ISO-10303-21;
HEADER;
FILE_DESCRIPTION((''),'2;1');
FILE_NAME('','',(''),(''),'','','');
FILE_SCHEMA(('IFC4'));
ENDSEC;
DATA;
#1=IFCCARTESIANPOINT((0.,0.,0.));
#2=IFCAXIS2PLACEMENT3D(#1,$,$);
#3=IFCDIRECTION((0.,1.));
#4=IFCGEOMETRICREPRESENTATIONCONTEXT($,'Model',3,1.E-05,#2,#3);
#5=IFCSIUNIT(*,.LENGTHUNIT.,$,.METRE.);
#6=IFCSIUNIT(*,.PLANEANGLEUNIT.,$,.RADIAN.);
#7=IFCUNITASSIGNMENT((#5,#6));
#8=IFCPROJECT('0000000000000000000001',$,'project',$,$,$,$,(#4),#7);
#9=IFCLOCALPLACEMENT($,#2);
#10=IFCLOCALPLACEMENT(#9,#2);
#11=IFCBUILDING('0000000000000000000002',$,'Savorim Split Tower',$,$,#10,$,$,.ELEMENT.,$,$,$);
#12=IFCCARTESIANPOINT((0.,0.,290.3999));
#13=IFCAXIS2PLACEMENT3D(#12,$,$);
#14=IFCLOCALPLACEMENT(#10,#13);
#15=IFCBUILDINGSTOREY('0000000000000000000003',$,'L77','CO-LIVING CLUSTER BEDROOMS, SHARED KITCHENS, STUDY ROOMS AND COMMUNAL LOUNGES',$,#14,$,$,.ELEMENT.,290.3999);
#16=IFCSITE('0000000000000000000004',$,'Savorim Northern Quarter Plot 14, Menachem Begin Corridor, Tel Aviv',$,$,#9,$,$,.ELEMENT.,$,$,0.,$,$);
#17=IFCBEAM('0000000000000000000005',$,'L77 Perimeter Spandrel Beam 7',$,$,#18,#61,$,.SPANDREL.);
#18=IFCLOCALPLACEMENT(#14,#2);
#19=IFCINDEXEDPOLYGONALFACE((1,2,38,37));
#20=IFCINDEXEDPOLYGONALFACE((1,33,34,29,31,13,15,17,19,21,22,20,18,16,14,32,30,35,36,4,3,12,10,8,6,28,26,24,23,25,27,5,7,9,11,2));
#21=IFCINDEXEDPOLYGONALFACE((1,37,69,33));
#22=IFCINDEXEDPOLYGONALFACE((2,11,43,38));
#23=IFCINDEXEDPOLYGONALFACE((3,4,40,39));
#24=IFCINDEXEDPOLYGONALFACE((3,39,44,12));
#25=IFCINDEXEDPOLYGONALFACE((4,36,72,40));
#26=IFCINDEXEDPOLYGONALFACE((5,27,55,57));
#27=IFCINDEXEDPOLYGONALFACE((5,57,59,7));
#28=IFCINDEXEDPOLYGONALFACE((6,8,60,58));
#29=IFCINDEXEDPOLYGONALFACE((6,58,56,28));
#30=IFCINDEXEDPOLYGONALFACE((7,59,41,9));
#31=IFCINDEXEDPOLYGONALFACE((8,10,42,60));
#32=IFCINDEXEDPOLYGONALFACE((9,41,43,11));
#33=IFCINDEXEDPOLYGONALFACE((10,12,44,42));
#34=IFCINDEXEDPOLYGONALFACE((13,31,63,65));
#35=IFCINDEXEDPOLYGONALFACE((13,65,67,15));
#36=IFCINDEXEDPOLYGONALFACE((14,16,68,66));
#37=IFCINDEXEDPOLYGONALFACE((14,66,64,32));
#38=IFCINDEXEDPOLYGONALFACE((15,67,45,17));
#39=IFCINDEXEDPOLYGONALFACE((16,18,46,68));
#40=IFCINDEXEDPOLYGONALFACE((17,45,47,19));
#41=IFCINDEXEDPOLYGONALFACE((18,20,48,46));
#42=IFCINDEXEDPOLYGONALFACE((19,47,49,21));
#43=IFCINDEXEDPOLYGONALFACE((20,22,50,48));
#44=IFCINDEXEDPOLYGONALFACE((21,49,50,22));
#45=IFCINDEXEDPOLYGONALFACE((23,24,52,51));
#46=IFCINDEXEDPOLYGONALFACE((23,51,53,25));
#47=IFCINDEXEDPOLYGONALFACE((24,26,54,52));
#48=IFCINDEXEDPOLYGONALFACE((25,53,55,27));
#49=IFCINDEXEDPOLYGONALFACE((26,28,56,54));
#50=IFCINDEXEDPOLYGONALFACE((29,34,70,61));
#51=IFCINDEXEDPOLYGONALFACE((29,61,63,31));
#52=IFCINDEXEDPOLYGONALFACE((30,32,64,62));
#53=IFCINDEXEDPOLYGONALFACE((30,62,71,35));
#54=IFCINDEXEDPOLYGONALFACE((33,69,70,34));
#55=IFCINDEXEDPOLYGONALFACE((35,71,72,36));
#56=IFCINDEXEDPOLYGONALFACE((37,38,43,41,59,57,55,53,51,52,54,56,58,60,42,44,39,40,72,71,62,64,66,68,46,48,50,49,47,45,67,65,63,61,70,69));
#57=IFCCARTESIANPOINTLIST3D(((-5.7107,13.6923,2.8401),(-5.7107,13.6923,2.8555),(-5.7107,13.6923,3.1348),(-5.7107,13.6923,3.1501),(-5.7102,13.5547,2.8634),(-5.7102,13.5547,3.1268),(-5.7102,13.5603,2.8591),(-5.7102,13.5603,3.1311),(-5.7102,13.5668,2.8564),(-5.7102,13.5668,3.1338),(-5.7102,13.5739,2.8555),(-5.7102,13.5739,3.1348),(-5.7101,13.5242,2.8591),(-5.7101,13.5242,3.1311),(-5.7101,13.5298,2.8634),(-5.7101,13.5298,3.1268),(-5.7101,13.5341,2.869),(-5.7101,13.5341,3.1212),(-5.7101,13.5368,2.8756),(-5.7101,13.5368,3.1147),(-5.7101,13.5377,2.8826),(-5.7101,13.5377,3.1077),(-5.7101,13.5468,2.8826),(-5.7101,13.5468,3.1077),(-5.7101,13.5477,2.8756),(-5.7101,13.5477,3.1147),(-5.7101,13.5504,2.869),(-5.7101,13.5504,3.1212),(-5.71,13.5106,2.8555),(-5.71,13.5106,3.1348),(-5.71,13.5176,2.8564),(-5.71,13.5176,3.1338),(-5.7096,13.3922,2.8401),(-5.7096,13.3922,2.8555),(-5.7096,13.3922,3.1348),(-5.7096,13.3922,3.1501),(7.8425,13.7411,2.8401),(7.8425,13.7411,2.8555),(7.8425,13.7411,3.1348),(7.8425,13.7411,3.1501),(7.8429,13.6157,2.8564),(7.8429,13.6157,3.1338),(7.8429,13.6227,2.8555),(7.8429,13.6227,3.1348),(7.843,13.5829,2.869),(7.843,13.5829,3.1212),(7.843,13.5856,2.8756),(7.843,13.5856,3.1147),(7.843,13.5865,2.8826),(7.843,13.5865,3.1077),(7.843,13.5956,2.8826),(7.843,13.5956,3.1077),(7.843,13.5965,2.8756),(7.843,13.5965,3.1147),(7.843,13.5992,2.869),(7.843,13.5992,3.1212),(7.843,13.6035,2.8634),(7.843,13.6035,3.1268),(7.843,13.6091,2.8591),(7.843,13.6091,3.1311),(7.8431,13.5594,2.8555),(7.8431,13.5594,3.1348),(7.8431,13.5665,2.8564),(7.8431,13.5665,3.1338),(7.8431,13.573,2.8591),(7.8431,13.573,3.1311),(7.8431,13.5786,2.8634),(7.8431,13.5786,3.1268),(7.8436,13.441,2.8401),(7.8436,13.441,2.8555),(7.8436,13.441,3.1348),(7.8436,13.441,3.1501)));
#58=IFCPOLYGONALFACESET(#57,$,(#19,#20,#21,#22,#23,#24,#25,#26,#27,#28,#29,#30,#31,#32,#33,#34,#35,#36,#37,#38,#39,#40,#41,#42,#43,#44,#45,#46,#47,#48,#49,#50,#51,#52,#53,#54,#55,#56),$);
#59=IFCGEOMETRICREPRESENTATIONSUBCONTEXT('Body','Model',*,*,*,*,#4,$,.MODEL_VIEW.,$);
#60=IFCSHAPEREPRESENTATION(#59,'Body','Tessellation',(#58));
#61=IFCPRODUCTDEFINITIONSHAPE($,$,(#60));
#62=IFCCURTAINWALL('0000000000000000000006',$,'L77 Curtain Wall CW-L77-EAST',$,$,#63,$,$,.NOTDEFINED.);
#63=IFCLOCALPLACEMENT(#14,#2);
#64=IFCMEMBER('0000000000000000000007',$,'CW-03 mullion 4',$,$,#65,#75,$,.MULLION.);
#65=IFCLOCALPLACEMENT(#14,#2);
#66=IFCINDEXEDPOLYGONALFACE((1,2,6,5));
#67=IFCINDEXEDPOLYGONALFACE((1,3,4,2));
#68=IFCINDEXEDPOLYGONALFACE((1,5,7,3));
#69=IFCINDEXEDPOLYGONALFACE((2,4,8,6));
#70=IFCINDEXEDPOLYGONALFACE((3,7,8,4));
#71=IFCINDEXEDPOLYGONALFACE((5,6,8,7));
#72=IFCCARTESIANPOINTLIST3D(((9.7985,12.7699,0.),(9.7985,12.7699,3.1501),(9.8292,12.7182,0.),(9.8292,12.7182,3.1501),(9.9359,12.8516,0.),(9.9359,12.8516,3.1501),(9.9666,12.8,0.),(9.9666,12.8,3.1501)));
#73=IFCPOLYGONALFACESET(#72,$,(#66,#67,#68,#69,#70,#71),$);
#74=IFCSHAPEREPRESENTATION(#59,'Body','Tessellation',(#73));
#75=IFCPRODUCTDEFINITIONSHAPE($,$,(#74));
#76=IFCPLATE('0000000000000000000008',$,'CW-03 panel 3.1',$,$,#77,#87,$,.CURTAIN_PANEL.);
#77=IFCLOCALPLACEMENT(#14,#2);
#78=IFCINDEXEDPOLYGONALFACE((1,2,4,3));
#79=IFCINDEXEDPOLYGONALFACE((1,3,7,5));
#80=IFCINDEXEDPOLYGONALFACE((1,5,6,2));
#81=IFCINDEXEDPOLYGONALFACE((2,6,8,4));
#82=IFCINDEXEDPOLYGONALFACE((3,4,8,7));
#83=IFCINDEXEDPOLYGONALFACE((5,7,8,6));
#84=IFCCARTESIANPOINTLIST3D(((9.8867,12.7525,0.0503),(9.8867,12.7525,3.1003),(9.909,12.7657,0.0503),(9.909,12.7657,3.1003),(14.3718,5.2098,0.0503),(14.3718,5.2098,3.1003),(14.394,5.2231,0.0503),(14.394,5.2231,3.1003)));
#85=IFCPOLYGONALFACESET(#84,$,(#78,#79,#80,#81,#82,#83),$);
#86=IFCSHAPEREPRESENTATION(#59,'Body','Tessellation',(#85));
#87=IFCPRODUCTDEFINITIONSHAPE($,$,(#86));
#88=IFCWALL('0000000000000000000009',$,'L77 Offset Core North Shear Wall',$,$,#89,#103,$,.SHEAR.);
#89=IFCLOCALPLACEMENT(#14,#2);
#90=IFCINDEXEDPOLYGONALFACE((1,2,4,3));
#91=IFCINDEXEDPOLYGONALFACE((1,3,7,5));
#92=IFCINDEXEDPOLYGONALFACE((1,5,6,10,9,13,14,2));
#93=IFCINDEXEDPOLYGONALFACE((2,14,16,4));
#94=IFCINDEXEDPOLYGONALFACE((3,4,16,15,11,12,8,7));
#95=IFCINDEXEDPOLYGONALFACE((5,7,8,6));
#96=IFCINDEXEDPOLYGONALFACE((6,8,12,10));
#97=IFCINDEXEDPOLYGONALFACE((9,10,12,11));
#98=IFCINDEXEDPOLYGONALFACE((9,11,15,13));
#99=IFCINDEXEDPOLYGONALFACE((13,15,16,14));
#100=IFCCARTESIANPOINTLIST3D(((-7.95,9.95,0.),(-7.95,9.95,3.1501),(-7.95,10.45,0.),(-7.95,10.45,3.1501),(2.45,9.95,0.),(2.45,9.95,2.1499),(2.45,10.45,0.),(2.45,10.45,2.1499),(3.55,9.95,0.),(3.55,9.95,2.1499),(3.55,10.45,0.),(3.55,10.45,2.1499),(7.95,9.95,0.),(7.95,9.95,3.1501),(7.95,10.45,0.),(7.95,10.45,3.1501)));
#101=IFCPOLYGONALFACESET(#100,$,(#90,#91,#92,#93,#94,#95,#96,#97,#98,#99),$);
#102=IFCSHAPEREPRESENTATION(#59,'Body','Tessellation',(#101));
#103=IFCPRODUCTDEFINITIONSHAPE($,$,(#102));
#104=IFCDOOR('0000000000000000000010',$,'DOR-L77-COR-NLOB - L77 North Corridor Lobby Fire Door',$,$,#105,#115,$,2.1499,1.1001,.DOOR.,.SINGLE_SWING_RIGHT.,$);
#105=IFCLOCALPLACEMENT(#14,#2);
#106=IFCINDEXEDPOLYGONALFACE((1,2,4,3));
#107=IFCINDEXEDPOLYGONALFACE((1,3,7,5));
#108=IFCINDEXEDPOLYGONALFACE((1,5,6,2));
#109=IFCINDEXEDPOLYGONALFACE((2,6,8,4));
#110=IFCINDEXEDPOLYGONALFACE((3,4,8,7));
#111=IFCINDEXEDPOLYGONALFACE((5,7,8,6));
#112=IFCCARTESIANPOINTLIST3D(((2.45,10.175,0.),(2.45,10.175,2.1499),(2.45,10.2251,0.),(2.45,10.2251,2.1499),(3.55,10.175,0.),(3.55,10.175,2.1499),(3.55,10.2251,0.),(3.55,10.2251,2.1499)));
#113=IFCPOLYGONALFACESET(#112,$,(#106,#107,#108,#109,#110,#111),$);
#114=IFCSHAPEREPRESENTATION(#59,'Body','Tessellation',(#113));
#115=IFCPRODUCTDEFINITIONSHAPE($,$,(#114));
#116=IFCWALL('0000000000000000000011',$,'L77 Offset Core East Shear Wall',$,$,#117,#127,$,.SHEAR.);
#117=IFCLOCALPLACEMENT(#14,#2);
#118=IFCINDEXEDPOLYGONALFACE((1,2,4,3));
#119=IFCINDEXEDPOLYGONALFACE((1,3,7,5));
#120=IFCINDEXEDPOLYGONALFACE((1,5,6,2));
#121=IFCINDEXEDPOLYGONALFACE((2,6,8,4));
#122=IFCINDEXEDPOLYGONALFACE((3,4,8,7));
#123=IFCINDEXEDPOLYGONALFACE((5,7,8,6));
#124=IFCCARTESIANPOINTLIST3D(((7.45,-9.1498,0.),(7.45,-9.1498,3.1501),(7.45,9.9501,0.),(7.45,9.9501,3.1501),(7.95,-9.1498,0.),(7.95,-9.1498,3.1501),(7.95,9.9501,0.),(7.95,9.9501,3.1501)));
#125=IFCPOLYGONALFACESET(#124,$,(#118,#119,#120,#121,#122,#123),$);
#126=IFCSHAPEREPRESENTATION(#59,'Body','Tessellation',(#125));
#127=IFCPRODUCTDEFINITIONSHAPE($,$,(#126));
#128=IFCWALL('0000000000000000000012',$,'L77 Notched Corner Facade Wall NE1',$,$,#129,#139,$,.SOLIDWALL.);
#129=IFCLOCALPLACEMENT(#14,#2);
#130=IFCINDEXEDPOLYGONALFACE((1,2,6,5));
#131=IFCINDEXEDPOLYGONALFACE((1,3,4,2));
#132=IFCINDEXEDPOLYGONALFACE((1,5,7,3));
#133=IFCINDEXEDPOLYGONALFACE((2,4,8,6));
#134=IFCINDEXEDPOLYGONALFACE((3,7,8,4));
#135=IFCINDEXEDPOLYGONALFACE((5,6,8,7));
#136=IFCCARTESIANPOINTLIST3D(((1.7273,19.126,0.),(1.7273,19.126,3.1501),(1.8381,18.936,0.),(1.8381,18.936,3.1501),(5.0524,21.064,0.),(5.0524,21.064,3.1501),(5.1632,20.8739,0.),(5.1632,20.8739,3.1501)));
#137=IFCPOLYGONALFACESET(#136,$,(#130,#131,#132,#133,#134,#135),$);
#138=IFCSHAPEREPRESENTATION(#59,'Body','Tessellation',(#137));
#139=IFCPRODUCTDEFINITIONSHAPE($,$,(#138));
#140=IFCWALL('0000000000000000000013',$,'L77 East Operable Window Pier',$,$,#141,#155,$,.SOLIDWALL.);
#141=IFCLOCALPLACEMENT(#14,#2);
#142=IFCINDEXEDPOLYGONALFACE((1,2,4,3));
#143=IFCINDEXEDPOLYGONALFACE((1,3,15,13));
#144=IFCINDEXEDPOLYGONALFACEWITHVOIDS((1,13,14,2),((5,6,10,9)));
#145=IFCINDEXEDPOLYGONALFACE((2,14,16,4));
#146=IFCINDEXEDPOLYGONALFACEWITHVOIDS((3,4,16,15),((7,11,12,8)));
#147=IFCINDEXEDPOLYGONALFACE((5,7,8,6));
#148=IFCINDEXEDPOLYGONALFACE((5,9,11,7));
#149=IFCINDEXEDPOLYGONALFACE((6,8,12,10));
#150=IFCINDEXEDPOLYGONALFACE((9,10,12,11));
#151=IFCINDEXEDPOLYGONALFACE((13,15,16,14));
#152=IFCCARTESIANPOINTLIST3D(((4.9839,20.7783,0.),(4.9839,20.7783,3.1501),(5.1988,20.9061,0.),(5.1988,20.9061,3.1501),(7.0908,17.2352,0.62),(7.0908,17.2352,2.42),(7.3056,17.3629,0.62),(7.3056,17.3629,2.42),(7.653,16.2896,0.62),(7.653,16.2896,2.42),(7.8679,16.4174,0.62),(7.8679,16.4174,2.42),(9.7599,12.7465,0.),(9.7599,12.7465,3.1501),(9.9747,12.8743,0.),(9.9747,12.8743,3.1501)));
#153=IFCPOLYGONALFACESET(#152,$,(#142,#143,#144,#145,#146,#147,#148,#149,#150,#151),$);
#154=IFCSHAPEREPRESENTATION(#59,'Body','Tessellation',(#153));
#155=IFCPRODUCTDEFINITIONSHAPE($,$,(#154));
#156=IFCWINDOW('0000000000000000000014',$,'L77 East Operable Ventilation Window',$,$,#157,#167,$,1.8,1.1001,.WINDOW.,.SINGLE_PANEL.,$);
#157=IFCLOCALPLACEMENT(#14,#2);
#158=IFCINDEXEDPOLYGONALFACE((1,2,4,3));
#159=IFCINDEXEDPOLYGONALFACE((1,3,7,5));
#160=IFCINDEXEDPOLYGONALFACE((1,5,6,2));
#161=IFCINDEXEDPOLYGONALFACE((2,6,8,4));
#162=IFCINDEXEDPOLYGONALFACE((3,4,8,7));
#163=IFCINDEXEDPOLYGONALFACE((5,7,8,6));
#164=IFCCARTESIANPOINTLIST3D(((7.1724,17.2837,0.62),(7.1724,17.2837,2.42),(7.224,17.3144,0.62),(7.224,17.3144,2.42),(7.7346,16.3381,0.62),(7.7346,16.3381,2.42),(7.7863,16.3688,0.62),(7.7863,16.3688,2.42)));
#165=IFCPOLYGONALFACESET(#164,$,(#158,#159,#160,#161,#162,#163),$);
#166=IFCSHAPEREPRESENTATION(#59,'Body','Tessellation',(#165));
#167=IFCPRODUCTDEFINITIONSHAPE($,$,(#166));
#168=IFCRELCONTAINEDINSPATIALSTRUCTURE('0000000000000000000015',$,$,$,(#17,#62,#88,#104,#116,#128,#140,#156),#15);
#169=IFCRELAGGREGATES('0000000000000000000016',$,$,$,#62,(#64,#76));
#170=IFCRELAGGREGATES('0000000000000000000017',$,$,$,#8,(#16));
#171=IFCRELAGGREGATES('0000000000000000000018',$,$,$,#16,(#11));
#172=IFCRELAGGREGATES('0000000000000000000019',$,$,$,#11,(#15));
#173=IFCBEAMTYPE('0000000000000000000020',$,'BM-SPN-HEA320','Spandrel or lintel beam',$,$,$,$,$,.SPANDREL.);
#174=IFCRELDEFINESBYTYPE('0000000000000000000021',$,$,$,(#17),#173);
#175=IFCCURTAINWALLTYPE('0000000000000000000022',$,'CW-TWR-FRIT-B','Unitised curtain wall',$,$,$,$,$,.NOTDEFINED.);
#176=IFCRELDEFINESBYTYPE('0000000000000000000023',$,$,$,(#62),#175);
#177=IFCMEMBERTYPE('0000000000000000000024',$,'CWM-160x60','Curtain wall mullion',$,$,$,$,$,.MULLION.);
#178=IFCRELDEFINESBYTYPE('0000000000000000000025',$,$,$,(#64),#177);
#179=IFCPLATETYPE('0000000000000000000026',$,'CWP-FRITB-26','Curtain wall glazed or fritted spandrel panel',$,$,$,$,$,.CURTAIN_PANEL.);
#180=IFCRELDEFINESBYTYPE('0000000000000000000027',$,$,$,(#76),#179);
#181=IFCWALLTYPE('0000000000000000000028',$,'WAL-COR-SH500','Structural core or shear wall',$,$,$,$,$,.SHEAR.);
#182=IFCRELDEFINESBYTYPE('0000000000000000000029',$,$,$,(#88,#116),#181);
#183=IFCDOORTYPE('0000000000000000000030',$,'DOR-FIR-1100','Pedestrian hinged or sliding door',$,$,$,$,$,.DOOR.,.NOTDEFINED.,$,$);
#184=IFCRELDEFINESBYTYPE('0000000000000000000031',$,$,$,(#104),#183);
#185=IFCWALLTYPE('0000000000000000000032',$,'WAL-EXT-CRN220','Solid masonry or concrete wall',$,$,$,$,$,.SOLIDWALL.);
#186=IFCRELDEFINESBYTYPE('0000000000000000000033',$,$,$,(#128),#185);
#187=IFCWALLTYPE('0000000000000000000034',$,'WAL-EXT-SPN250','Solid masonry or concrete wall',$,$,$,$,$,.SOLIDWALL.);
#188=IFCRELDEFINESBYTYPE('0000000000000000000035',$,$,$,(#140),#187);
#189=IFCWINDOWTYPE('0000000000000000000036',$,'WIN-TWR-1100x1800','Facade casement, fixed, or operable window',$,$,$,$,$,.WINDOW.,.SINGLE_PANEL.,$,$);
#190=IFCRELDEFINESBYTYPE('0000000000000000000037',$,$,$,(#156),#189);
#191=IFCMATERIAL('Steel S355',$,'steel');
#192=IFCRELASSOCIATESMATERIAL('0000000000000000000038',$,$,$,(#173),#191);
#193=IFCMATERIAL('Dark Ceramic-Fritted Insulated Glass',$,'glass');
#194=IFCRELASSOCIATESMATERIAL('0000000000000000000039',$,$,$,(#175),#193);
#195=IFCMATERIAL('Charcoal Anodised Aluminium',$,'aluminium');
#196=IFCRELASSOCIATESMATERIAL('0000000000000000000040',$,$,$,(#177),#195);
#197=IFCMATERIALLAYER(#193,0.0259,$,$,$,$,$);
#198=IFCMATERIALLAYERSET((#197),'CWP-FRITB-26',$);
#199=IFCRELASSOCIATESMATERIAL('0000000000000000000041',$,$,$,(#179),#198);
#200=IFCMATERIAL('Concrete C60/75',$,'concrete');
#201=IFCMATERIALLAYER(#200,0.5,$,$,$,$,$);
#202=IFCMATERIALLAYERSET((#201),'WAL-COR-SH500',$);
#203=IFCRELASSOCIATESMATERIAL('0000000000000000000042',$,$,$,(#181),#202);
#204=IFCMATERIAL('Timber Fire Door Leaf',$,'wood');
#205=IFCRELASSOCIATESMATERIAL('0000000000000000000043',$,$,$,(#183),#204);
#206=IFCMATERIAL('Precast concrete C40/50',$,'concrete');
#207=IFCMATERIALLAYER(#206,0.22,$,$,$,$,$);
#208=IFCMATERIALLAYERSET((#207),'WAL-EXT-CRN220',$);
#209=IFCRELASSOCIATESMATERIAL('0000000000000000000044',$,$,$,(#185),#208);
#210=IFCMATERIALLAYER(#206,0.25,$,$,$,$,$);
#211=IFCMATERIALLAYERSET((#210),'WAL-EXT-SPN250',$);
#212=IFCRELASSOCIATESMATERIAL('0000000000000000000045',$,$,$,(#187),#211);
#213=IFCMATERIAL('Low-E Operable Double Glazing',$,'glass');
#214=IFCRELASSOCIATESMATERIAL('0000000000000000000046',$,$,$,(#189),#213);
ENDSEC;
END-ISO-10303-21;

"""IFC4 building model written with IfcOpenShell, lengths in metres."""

from ifc_helpers import new_model, si_unit, direction, frame, frame_2d, origin, origin_2d, place, context, subcontext, project, spatial, rectangle, i_section, extrude, material, layer, layer_set, material_profile, profile_set, type_object, element, fill, aggregate, save


model = new_model("IFC4")

# Units and contexts
model_context = context("Model", 3, precision=1e-05, world=origin(), true_north=direction((0.0, 1.0)))
body_context = subcontext(model_context, "Body", "Model", "MODEL_VIEW")
ifc_project = project(units=[si_unit("LENGTHUNIT", "METRE"), si_unit("PLANEANGLEUNIT", "RADIAN")], contexts=[model_context])

# Site, building, storey
site_placement = place(None, origin())
site = spatial("IfcSite", under=ifc_project, at=site_placement, Name="Savorim Northern Quarter Plot 14, Menachem Begin Corridor, Tel Aviv", CompositionType="ELEMENT", RefElevation=0.0)
building_placement = place(site_placement, origin())
building = spatial("IfcBuilding", under=site, at=building_placement, Name="Savorim Split Tower", CompositionType="ELEMENT")
storey_placement = place(building_placement, frame((0.0, 0.0, 290.3999)))
storey = spatial("IfcBuildingStorey", under=building, at=storey_placement, Name="L77", Description="CO-LIVING CLUSTER BEDROOMS, SHARED KITCHENS, STUDY ROOMS AND COMMUNAL LOUNGES", CompositionType="ELEMENT", Elevation=290.3999)

# Shared definitions
ifc_material_1 = material(Name="Steel S355", Category="steel")

# Beam
ifc_material_profile_1 = material_profile(ifc_material_1, i_section(OverallWidth=0.3, OverallDepth=0.3101, WebThickness=0.009, FlangeThickness=0.0154, FilletRadius=0.0271, at=origin_2d()), Name="HEA 320")
ifc_profile_set_1 = profile_set([ifc_material_profile_1], Name="Steel S355")
beam_type_1 = type_object("IfcBeamType", Name="BM-SPN-HEA320", Description="Spandrel or lintel beam", PredefinedType="SPANDREL", material=ifc_profile_set_1)
beam_1_placement = place(storey_placement, frame((7.843, 13.5911, 2.9951), z_axis=(-0.999994, -0.003603, 0.0), x_axis=(0.003603, -0.999994, 0.0)))
element("IfcBeam", 1, at=beam_1_placement, inside=storey, type_object=beam_type_1, Name="L77 Perimeter Spandrel Beam 7", PredefinedType="SPANDREL", context=body_context, shape_type="SweptSolid", body=[
    extrude(i_section(OverallWidth=0.3, OverallDepth=0.3101, WebThickness=0.009, FlangeThickness=0.0154, FilletRadius=0.0271, at=origin_2d()), origin(), (0.0, 0.0, 1.0), 13.5532),
])

# Curtain wall, member, plate
ifc_material_2 = material(Name="Dark Ceramic-Fritted Insulated Glass", Category="glass")
curtain_wall_type = type_object("IfcCurtainWallType", Name="CW-TWR-FRIT-B", Description="Unitised curtain wall", PredefinedType="NOTDEFINED", material=ifc_material_2)
curtain_wall_placement = place(storey_placement, origin())
curtain_wall = element("IfcCurtainWall", 2, at=curtain_wall_placement, inside=storey, type_object=curtain_wall_type, Name="L77 Curtain Wall CW-L77-EAST", PredefinedType="NOTDEFINED")
ifc_material_3 = material(Name="Charcoal Anodised Aluminium", Category="aluminium")
ifc_material_profile_2 = material_profile(ifc_material_3, rectangle(XDim=0.1599, YDim=0.0601, at=origin_2d()), Name="ALU-M 160x60")
ifc_profile_set_2 = profile_set([ifc_material_profile_2], Name="Charcoal Anodised Aluminium")
member_type = type_object("IfcMemberType", Name="CWM-160x60", Description="Curtain wall mullion", PredefinedType="MULLION", material=ifc_profile_set_2)
member_placement = place(storey_placement, frame((9.8826, 12.7849, 0.0), z_axis=(0.0, 0.0, 1.0), x_axis=(-0.859526, -0.511092, 0.0)))
member = element("IfcMember", 3, at=member_placement, type_object=member_type, Name="CW-03 mullion 4", PredefinedType="MULLION", context=body_context, shape_type="SweptSolid", body=[
    extrude(rectangle(XDim=0.1599, YDim=0.0601, at=origin_2d()), origin(), (0.0, 0.0, 1.0), 3.1501),
])
ifc_layer_1 = layer(ifc_material_2, 0.0259)
ifc_layer_set_1 = layer_set([ifc_layer_1], Name="CWP-FRITB-26")
plate_type = type_object("IfcPlateType", Name="CWP-FRITB-26", Description="Curtain wall glazed or fritted spandrel panel", PredefinedType="CURTAIN_PANEL", material=ifc_layer_set_1)
plate_placement = place(storey_placement, frame((12.1404, 8.9878, 0.0503), z_axis=(0.0, 0.0, 1.0), x_axis=(-0.511092, 0.859526, 0.0)))
plate = element("IfcPlate", 4, at=plate_placement, type_object=plate_type, Name="CW-03 panel 3.1", PredefinedType="CURTAIN_PANEL", context=body_context, shape_type="SweptSolid", body=[
    extrude(rectangle(XDim=8.7754, YDim=0.0259, at=origin_2d()), origin(), (0.0, 0.0, 1.0), 3.05),
])
aggregate(curtain_wall, [member, plate])

# Wall, opening, door
ifc_material_4 = material(Name="Concrete C60/75", Category="concrete")
ifc_layer_2 = layer(ifc_material_4, 0.5)
ifc_layer_set_2 = layer_set([ifc_layer_2], Name="WAL-COR-SH500")
wall_type_1 = type_object("IfcWallType", Name="WAL-COR-SH500", Description="Structural core or shear wall", PredefinedType="SHEAR", material=ifc_layer_set_2)
wall_1_placement = place(storey_placement, frame((7.95, 10.2, 0.0), z_axis=(0.0, 0.0, 1.0), x_axis=(-1.0, 0.0, 0.0)))
wall_1 = element("IfcWall", 5, at=wall_1_placement, inside=storey, type_object=wall_type_1, Name="L77 Offset Core North Shear Wall", PredefinedType="SHEAR", context=body_context, shape_type="SweptSolid", body=[
    extrude(rectangle(XDim=15.8999, YDim=0.5, at=frame_2d((7.95, 0.0))), origin(), (0.0, 0.0, 1.0), 3.1501),
])
opening_1_placement = place(wall_1_placement, frame((4.3999, 0.0, 0.0)))
opening_1 = element("IfcOpeningElement", 6, at=opening_1_placement, cuts=wall_1, PredefinedType="OPENING", context=body_context, shape_type="SweptSolid", body=[
    extrude(rectangle(XDim=1.1001, YDim=2.1499, at=frame_2d((0.55, 1.075))), frame((0.0, 0.26, 0.0), z_axis=(0.0, -1.0, 0.0), x_axis=(1.0, 0.0, 0.0)), (0.0, 0.0, 1.0), 0.52),
])
ifc_material_5 = material(Name="Timber Fire Door Leaf", Category="wood")
door_type_1 = type_object("IfcDoorType", Name="DOR-FIR-1100", Description="Pedestrian hinged or sliding door", OperationType="NOTDEFINED", PredefinedType="DOOR", material=ifc_material_5)
door_1_placement = place(opening_1_placement, origin())
door_1 = element("IfcDoor", 7, at=door_1_placement, inside=storey, type_object=door_type_1, Name="DOR-L77-COR-NLOB - L77 North Corridor Lobby Fire Door", OperationType="SINGLE_SWING_RIGHT", OverallHeight=2.1499, OverallWidth=1.1001, PredefinedType="DOOR", context=body_context, shape_type="SweptSolid", body=[
    extrude(rectangle(XDim=1.1001, YDim=2.1499, at=frame_2d((0.55, 1.075))), frame((0.0, 0.0249, 0.0), z_axis=(0.0, -1.0, 0.0), x_axis=(1.0, 0.0, 0.0)), (0.0, 0.0, 1.0), 0.05),
])
fill(opening_1, door_1)

# Walls
wall_2_placement = place(storey_placement, frame((7.7, 9.95, 0.0), z_axis=(0.0, 0.0, 1.0), x_axis=(0.0, -1.0, 0.0)))
element("IfcWall", 8, at=wall_2_placement, inside=storey, type_object=wall_type_1, Name="L77 Offset Core East Shear Wall", PredefinedType="SHEAR", context=body_context, shape_type="SweptSolid", body=[
    extrude(rectangle(XDim=19.0999, YDim=0.5, at=frame_2d((9.5498, 0.0))), origin(), (0.0, 0.0, 1.0), 3.1501),
])
ifc_material_6 = material(Name="Precast concrete C40/50", Category="concrete")
ifc_layer_3 = layer(ifc_material_6, 0.22)
ifc_layer_set_3 = layer_set([ifc_layer_3], Name="WAL-EXT-CRN220")
wall_type_2 = type_object("IfcWallType", Name="WAL-EXT-CRN220", Description="Solid masonry or concrete wall", PredefinedType="SOLIDWALL", material=ifc_layer_set_3)
wall_3_placement = place(storey_placement, frame((1.7827, 19.031, 0.0), z_axis=(0.0, 0.0, 1.0), x_axis=(0.863972, 0.50354, 0.0)))
element("IfcWall", 9, at=wall_3_placement, inside=storey, type_object=wall_type_2, Name="L77 Notched Corner Facade Wall NE1", PredefinedType="SOLIDWALL", context=body_context, shape_type="SweptSolid", body=[
    extrude(rectangle(XDim=3.8486, YDim=0.22, at=frame_2d((1.9243, 0.0))), origin(), (0.0, 0.0, 1.0), 3.1501),
])

# Wall, opening, window
ifc_layer_4 = layer(ifc_material_6, 0.25)
ifc_layer_set_4 = layer_set([ifc_layer_4], Name="WAL-EXT-SPN250")
wall_type_3 = type_object("IfcWallType", Name="WAL-EXT-SPN250", Description="Solid masonry or concrete wall", PredefinedType="SOLIDWALL", material=ifc_layer_set_4)
wall_4_placement = place(storey_placement, frame((5.0913, 20.8423, 0.0), z_axis=(0.0, 0.0, 1.0), x_axis=(0.511095, -0.859524, 0.0)))
wall_4 = element("IfcWall", 10, at=wall_4_placement, inside=storey, type_object=wall_type_3, Name="L77 East Operable Window Pier", PredefinedType="SOLIDWALL", context=body_context, shape_type="SweptSolid", body=[
    extrude(rectangle(XDim=9.3445, YDim=0.25, at=frame_2d((4.6724, 0.0))), origin(), (0.0, 0.0, 1.0), 3.1501),
])
opening_2_placement = place(wall_4_placement, frame((4.1223, 0.0, 0.6201)))
opening_2 = element("IfcOpeningElement", 11, at=opening_2_placement, cuts=wall_4, PredefinedType="OPENING", context=body_context, shape_type="SweptSolid", body=[
    extrude(rectangle(XDim=1.1001, YDim=1.8, at=frame_2d((0.55, 0.8999))), frame((0.0, 0.135, 0.0), z_axis=(0.0, -1.0, 0.0), x_axis=(1.0, 0.0, 0.0)), (0.0, 0.0, 1.0), 0.27),
])
ifc_material_7 = material(Name="Low-E Operable Double Glazing", Category="glass")
window_type = type_object("IfcWindowType", Name="WIN-TWR-1100x1800", Description="Facade casement, fixed, or operable window", PartitioningType="SINGLE_PANEL", PredefinedType="WINDOW", material=ifc_material_7)
window_placement = place(opening_2_placement, origin())
window = element("IfcWindow", 12, at=window_placement, inside=storey, type_object=window_type, Name="L77 East Operable Ventilation Window", OverallHeight=1.8, OverallWidth=1.1001, PartitioningType="SINGLE_PANEL", PredefinedType="WINDOW", context=body_context, shape_type="SweptSolid", body=[
    extrude(rectangle(XDim=1.1001, YDim=1.8, at=frame_2d((0.55, 0.8999))), frame((0.0, 0.03, 0.0), z_axis=(0.0, -1.0, 0.0), x_axis=(1.0, 0.0, 0.0)), (0.0, 0.0, 1.0), 0.0601),
])
fill(opening_2, window)

save(model, "model.ifc")
